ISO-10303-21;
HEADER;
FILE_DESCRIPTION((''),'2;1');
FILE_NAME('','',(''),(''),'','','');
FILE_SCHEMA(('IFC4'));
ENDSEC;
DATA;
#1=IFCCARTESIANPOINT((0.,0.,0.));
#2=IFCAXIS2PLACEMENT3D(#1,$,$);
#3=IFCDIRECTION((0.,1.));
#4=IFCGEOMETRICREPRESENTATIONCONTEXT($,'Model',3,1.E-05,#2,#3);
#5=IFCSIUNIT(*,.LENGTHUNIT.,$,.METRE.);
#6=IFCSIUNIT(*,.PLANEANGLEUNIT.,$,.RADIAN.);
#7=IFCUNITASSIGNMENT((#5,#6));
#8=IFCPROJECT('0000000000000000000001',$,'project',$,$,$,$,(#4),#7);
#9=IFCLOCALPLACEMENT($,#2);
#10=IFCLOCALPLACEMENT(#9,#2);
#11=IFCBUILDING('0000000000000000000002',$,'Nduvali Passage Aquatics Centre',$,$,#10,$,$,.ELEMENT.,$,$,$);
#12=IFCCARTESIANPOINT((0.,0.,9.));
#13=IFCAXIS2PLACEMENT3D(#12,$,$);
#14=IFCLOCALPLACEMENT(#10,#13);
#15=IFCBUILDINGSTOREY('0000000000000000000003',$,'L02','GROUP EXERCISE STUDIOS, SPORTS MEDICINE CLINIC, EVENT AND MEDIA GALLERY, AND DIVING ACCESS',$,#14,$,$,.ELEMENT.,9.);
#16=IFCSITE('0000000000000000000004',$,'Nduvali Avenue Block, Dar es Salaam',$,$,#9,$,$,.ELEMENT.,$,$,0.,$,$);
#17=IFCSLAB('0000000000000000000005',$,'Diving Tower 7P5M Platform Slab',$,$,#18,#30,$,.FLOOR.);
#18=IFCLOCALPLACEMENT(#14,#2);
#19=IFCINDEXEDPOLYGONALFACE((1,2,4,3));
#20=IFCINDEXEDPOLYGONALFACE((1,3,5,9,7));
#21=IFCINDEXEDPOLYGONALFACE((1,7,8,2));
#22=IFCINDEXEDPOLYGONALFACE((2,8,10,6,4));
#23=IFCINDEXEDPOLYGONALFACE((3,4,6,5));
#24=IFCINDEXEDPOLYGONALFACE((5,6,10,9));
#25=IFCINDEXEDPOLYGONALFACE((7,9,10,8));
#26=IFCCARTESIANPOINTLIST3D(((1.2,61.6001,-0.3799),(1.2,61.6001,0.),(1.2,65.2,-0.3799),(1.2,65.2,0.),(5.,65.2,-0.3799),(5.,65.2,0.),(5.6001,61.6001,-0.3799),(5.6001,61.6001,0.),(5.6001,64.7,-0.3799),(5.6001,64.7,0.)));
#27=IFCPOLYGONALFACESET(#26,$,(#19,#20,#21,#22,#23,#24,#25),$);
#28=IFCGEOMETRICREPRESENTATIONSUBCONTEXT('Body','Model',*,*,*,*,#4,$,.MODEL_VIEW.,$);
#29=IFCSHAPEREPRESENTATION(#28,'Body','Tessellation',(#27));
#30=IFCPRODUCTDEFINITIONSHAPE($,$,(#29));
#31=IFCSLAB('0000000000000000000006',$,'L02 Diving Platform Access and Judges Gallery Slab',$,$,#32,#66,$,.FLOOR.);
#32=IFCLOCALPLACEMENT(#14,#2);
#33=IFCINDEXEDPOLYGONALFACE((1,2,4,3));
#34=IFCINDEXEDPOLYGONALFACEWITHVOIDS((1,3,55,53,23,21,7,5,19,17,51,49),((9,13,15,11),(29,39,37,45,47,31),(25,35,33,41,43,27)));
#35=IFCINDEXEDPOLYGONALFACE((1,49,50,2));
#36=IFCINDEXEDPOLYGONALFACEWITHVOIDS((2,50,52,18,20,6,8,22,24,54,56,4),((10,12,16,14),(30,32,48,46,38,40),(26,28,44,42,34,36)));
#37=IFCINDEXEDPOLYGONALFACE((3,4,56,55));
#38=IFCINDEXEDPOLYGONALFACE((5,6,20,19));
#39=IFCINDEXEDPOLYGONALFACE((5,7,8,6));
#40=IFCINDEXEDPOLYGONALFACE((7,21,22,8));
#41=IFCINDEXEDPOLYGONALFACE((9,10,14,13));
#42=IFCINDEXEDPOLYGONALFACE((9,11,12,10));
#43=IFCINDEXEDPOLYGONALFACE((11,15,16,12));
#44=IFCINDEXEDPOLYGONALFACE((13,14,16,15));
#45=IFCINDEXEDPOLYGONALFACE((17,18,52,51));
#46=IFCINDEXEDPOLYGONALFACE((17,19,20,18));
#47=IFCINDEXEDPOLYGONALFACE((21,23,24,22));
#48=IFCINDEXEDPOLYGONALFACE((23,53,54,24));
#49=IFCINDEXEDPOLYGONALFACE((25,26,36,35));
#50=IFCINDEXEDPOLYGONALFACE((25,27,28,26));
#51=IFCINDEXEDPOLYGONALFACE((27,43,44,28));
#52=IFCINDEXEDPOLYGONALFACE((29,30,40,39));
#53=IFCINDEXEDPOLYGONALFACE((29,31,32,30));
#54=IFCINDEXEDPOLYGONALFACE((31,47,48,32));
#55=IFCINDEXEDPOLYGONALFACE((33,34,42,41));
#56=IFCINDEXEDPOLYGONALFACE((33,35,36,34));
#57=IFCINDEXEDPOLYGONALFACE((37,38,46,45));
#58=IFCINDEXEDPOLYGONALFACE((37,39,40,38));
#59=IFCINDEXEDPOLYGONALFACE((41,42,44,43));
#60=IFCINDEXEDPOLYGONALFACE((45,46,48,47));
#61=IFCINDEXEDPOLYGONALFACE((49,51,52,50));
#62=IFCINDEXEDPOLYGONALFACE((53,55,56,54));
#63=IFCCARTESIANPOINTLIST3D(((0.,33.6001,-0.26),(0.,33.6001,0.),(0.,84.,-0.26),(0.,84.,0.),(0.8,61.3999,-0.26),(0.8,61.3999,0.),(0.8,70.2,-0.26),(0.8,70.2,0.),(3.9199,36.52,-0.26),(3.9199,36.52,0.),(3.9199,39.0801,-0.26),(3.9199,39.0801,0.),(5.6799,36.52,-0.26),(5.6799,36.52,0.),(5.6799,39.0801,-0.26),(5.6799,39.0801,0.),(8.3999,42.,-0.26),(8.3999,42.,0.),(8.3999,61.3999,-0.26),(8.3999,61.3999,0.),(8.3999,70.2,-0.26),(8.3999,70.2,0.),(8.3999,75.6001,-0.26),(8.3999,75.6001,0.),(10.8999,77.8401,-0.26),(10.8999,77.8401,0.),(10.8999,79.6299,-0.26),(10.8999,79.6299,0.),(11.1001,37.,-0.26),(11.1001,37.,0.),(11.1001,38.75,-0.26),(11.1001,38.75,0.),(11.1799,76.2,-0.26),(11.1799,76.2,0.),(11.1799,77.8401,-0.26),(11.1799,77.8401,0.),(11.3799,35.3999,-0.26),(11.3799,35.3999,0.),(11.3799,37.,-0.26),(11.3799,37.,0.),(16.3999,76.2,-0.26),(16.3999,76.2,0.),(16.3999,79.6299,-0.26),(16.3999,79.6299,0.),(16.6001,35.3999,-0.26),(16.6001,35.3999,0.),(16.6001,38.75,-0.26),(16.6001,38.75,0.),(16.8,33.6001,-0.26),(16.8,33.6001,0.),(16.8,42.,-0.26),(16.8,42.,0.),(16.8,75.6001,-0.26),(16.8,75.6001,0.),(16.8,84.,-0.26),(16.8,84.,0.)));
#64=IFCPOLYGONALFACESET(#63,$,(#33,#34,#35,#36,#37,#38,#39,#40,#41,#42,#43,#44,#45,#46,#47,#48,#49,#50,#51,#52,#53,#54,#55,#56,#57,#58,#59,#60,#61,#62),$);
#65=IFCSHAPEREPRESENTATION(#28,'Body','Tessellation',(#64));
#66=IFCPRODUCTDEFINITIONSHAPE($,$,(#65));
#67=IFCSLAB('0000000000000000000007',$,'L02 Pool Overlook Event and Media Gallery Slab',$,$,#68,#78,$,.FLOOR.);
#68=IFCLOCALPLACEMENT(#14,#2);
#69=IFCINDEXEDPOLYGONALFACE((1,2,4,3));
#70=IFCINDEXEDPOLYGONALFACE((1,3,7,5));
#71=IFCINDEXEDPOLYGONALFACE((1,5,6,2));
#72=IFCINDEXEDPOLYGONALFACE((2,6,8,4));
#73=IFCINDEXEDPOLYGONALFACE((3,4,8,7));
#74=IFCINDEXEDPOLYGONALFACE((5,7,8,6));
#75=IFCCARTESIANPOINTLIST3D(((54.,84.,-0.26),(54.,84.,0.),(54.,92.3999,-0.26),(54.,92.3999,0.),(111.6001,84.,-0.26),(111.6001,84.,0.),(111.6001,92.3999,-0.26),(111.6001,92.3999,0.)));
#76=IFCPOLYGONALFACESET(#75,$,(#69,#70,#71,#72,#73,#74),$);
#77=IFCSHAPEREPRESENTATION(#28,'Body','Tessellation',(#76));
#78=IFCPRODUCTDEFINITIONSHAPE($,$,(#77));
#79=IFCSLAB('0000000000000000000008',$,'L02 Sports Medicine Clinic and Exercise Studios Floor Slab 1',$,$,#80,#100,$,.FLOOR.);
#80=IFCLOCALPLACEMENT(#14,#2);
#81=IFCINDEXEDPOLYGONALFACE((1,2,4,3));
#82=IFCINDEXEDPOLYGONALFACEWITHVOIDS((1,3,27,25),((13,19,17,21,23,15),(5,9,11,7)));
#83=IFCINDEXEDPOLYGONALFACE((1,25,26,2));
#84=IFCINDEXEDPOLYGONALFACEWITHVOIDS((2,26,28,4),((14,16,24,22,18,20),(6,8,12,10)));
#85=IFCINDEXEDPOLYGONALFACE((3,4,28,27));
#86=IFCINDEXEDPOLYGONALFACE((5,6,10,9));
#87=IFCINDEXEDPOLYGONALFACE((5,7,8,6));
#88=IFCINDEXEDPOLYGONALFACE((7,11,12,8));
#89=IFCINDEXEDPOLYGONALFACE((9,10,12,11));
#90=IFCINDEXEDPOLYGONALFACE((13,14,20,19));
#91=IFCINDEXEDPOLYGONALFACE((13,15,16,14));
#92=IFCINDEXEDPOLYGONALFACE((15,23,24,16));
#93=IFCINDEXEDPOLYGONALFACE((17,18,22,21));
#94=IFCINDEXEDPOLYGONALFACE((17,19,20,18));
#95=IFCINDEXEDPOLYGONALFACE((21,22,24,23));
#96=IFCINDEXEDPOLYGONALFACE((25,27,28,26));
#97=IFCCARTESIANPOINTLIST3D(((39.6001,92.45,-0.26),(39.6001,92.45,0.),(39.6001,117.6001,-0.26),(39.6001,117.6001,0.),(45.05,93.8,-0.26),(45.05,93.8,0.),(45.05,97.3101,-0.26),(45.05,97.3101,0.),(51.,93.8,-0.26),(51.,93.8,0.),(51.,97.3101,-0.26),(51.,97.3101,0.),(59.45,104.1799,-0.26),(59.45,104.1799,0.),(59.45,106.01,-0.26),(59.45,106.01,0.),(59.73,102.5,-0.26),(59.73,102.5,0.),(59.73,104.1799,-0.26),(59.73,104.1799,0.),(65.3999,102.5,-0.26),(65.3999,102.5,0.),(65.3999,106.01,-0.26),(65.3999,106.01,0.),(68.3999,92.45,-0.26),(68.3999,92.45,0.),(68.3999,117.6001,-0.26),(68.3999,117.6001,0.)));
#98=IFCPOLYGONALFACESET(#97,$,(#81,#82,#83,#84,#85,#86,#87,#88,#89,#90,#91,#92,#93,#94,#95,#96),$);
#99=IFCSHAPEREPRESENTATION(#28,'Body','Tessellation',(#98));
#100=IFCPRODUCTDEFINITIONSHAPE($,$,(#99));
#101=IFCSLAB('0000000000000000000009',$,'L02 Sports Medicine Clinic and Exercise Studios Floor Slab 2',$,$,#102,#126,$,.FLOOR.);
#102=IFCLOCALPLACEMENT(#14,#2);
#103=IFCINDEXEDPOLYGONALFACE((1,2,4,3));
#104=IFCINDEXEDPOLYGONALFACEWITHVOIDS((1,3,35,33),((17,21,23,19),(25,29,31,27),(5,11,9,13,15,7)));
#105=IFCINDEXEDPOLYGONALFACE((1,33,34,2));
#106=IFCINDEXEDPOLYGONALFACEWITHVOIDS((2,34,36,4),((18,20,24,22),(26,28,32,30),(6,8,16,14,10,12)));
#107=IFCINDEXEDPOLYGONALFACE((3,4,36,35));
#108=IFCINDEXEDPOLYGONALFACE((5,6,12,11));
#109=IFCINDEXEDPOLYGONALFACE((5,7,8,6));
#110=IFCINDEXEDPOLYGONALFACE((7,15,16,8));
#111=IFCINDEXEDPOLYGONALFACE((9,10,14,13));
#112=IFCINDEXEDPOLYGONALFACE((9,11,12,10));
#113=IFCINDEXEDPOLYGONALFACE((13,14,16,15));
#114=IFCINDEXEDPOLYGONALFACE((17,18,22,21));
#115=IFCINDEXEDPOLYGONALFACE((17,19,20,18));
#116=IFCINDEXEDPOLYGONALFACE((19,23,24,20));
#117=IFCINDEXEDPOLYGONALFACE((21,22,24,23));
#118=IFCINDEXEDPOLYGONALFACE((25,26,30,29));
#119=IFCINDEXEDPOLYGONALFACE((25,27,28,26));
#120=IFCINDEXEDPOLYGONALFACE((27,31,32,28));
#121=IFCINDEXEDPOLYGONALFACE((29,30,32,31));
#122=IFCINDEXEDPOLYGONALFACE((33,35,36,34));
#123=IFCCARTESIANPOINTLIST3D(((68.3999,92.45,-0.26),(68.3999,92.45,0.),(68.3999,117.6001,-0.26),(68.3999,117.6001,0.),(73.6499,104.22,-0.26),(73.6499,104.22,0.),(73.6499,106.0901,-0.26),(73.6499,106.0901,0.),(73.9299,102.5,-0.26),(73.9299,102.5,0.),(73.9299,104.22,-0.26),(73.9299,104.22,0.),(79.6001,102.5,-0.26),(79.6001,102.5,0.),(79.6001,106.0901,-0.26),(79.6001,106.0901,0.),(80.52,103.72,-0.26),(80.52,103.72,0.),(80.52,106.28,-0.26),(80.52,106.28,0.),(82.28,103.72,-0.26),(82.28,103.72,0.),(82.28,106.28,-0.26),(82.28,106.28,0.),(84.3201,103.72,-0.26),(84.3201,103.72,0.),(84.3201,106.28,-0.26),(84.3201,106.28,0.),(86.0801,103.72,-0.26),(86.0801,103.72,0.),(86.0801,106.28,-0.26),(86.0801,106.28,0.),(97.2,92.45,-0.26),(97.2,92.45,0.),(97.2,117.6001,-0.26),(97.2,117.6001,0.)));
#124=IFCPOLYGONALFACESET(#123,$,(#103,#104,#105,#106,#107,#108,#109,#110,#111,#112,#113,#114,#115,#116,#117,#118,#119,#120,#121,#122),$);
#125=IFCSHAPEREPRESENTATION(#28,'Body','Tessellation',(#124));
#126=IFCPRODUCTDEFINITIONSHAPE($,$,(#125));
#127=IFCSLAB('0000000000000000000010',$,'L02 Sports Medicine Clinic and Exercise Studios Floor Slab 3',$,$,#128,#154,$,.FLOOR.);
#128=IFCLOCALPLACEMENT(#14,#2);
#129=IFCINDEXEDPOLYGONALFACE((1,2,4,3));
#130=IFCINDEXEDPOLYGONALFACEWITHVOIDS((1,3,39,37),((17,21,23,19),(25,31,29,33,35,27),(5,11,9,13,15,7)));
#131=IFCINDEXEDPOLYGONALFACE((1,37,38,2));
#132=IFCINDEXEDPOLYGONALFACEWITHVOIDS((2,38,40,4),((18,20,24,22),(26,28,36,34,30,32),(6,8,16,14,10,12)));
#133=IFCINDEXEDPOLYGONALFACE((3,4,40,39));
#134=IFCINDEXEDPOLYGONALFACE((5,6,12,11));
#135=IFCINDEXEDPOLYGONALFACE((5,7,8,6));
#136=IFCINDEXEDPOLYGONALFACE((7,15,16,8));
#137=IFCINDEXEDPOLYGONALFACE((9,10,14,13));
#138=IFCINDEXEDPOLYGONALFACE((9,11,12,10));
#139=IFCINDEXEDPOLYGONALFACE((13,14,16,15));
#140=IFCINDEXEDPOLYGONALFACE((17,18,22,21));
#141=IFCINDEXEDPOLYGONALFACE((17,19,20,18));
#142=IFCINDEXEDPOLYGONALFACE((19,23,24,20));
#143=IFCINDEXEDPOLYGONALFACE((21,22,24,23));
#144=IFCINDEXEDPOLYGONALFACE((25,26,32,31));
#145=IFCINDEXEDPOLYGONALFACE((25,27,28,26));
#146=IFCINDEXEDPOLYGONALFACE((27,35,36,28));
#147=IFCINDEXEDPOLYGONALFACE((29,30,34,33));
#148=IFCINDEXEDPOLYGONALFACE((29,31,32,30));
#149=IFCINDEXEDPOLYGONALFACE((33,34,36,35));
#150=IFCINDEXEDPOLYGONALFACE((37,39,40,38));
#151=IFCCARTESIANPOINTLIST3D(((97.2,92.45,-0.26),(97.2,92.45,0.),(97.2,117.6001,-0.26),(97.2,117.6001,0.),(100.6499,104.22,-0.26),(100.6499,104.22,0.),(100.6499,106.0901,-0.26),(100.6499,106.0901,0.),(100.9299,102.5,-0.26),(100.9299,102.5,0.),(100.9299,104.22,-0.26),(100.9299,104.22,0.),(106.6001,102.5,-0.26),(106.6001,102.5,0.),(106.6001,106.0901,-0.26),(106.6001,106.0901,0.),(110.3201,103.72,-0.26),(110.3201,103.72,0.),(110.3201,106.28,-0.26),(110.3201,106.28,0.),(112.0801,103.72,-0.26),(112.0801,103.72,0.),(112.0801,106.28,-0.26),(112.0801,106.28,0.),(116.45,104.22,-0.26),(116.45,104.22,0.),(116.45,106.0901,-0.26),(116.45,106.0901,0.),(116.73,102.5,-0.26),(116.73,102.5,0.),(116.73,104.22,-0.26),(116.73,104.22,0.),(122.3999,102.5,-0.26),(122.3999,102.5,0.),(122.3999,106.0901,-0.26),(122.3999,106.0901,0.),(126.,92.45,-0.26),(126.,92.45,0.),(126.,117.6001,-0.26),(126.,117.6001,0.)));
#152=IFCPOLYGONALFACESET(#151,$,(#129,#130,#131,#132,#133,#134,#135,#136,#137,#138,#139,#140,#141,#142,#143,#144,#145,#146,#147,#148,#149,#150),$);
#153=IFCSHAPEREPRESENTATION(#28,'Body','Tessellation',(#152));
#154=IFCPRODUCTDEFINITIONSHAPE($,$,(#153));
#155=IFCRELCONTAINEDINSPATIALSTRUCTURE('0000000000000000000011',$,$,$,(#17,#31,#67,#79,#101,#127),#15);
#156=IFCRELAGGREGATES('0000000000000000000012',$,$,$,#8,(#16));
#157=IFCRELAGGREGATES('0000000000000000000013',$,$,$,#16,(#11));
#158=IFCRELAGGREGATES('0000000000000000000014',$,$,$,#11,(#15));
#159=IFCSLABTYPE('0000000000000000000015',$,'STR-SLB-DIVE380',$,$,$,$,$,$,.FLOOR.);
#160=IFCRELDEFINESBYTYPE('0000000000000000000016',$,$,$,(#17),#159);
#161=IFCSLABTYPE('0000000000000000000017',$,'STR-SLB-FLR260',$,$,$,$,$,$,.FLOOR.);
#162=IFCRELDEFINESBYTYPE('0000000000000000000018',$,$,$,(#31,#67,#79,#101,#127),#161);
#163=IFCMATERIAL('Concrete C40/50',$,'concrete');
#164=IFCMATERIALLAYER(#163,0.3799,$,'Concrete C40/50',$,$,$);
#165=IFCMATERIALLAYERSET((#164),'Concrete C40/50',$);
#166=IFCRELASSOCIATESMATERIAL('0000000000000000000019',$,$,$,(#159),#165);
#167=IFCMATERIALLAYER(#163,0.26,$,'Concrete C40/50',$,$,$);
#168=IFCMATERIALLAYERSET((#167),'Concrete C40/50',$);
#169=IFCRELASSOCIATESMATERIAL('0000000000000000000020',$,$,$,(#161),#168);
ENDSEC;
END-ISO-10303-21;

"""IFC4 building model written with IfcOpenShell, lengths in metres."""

from ifc_helpers import new_model, si_unit, direction, frame, origin, place, context, subcontext, project, spatial, polyline, outline, extrude, material, layer, layer_set, type_object, element, save


model = new_model("IFC4")

# Units and contexts
model_context = context("Model", 3, precision=1e-05, world=origin(), true_north=direction((0.0, 1.0)))
body_context = subcontext(model_context, "Body", "Model", "MODEL_VIEW")
ifc_project = project(units=[si_unit("LENGTHUNIT", "METRE"), si_unit("PLANEANGLEUNIT", "RADIAN")], contexts=[model_context])

# Site, building, storey
site_placement = place(None, origin())
site = spatial("IfcSite", under=ifc_project, at=site_placement, Name="Nduvali Avenue Block, Dar es Salaam", CompositionType="ELEMENT", RefElevation=0.0)
building_placement = place(site_placement, origin())
building = spatial("IfcBuilding", under=site, at=building_placement, Name="Nduvali Passage Aquatics Centre", CompositionType="ELEMENT")
storey_placement = place(building_placement, frame((0.0, 0.0, 9.0)))
storey = spatial("IfcBuildingStorey", under=building, at=storey_placement, Name="L02", Description="GROUP EXERCISE STUDIOS, SPORTS MEDICINE CLINIC, EVENT AND MEDIA GALLERY, AND DIVING ACCESS", CompositionType="ELEMENT", Elevation=9.0)

# Slabs
ifc_material_1 = material(Name="Concrete C40/50", Category="concrete")
ifc_layer_1 = layer(ifc_material_1, 0.3799, Name="Concrete C40/50")
ifc_layer_set_1 = layer_set([ifc_layer_1], Name="Concrete C40/50")
slab_type_1 = type_object("IfcSlabType", Name="STR-SLB-DIVE380", PredefinedType="FLOOR", material=ifc_layer_set_1)
slab_1_placement = place(storey_placement, frame((0.0, 0.0, -0.3799)))
element("IfcSlab", 1, at=slab_1_placement, inside=storey, type_object=slab_type_1, Name="Diving Tower 7P5M Platform Slab", PredefinedType="FLOOR", context=body_context, shape_type="SweptSolid", body=[
    extrude(outline(polyline([(1.2, 61.6001), (5.6001, 61.6001), (5.6001, 64.7), (5.0, 65.2), (1.2, 65.2), (1.2, 61.6001)])), origin(), (0.0, 0.0, 1.0), 0.3799),
])
ifc_layer_2 = layer(ifc_material_1, 0.26, Name="Concrete C40/50")
ifc_layer_set_2 = layer_set([ifc_layer_2], Name="Concrete C40/50")
slab_type_2 = type_object("IfcSlabType", Name="STR-SLB-FLR260", PredefinedType="FLOOR", material=ifc_layer_set_2)
slab_2_placement = place(storey_placement, frame((0.0, 0.0, -0.26)))
element("IfcSlab", 2, at=slab_2_placement, inside=storey, type_object=slab_type_2, Name="L02 Diving Platform Access and Judges Gallery Slab", PredefinedType="FLOOR", context=body_context, shape_type="SweptSolid", body=[
    extrude(outline(polyline([(0.0, 33.6001), (16.8, 33.6001), (16.8, 42.0), (8.3999, 42.0), (8.3999, 61.3999), (0.8, 61.3999), (0.8, 70.2), (8.3999, 70.2), (8.3999, 75.6001), (16.8, 75.6001), (16.8, 84.0), (0.0, 84.0), (0.0, 33.6001)]), holes=[polyline([(11.3799, 35.3999), (16.6001, 35.3999), (16.6001, 38.75), (11.1001, 38.75), (11.1001, 37.0), (11.3799, 37.0), (11.3799, 35.3999)]), polyline([(11.1799, 76.2), (16.3999, 76.2), (16.3999, 79.6299), (10.8999, 79.6299), (10.8999, 77.8401), (11.1799, 77.8401), (11.1799, 76.2)]), polyline([(3.9199, 36.52), (5.6799, 36.52), (5.6799, 39.0801), (3.9199, 39.0801), (3.9199, 36.52)])]), origin(), (0.0, 0.0, 1.0), 0.26),
])
slab_3_placement = place(storey_placement, frame((0.0, 0.0, -0.26)))
element("IfcSlab", 3, at=slab_3_placement, inside=storey, type_object=slab_type_2, Name="L02 Pool Overlook Event and Media Gallery Slab", PredefinedType="FLOOR", context=body_context, shape_type="SweptSolid", body=[
    extrude(outline(polyline([(54.0, 84.0), (111.6001, 84.0), (111.6001, 92.3999), (54.0, 92.3999), (54.0, 84.0)])), origin(), (0.0, 0.0, 1.0), 0.26),
])
slab_4_placement = place(storey_placement, frame((0.0, 0.0, -0.26)))
element("IfcSlab", 4, at=slab_4_placement, inside=storey, type_object=slab_type_2, Name="L02 Sports Medicine Clinic and Exercise Studios Floor Slab 1", PredefinedType="FLOOR", context=body_context, shape_type="SweptSolid", body=[
    extrude(outline(polyline([(39.6001, 92.45), (68.3999, 92.45), (68.3999, 117.6001), (39.6001, 117.6001), (39.6001, 92.45)]), holes=[polyline([(59.73, 102.5), (65.3999, 102.5), (65.3999, 106.01), (59.45, 106.01), (59.45, 104.1799), (59.73, 104.1799), (59.73, 102.5)]), polyline([(45.05, 93.8), (51.0, 93.8), (51.0, 97.3101), (45.05, 97.3101), (45.05, 93.8)])]), origin(), (0.0, 0.0, 1.0), 0.26),
])
slab_5_placement = place(storey_placement, frame((0.0, 0.0, -0.26)))
element("IfcSlab", 5, at=slab_5_placement, inside=storey, type_object=slab_type_2, Name="L02 Sports Medicine Clinic and Exercise Studios Floor Slab 2", PredefinedType="FLOOR", context=body_context, shape_type="SweptSolid", body=[
    extrude(outline(polyline([(68.3999, 92.45), (97.2, 92.45), (97.2, 117.6001), (68.3999, 117.6001), (68.3999, 92.45)]), holes=[polyline([(73.9299, 102.5), (79.6001, 102.5), (79.6001, 106.0901), (73.6499, 106.0901), (73.6499, 104.22), (73.9299, 104.22), (73.9299, 102.5)]), polyline([(80.52, 103.72), (82.28, 103.72), (82.28, 106.28), (80.52, 106.28), (80.52, 103.72)]), polyline([(84.3201, 103.72), (86.0801, 103.72), (86.0801, 106.28), (84.3201, 106.28), (84.3201, 103.72)])]), origin(), (0.0, 0.0, 1.0), 0.26),
])
slab_6_placement = place(storey_placement, frame((0.0, 0.0, -0.26)))
element("IfcSlab", 6, at=slab_6_placement, inside=storey, type_object=slab_type_2, Name="L02 Sports Medicine Clinic and Exercise Studios Floor Slab 3", PredefinedType="FLOOR", context=body_context, shape_type="SweptSolid", body=[
    extrude(outline(polyline([(97.2, 92.45), (126.0, 92.45), (126.0, 117.6001), (97.2, 117.6001), (97.2, 92.45)]), holes=[polyline([(116.73, 102.5), (122.3999, 102.5), (122.3999, 106.0901), (116.45, 106.0901), (116.45, 104.22), (116.73, 104.22), (116.73, 102.5)]), polyline([(100.9299, 102.5), (106.6001, 102.5), (106.6001, 106.0901), (100.6499, 106.0901), (100.6499, 104.22), (100.9299, 104.22), (100.9299, 102.5)]), polyline([(110.3201, 103.72), (112.0801, 103.72), (112.0801, 106.28), (110.3201, 106.28), (110.3201, 103.72)])]), origin(), (0.0, 0.0, 1.0), 0.26),
])

save(model, "model.ifc")
